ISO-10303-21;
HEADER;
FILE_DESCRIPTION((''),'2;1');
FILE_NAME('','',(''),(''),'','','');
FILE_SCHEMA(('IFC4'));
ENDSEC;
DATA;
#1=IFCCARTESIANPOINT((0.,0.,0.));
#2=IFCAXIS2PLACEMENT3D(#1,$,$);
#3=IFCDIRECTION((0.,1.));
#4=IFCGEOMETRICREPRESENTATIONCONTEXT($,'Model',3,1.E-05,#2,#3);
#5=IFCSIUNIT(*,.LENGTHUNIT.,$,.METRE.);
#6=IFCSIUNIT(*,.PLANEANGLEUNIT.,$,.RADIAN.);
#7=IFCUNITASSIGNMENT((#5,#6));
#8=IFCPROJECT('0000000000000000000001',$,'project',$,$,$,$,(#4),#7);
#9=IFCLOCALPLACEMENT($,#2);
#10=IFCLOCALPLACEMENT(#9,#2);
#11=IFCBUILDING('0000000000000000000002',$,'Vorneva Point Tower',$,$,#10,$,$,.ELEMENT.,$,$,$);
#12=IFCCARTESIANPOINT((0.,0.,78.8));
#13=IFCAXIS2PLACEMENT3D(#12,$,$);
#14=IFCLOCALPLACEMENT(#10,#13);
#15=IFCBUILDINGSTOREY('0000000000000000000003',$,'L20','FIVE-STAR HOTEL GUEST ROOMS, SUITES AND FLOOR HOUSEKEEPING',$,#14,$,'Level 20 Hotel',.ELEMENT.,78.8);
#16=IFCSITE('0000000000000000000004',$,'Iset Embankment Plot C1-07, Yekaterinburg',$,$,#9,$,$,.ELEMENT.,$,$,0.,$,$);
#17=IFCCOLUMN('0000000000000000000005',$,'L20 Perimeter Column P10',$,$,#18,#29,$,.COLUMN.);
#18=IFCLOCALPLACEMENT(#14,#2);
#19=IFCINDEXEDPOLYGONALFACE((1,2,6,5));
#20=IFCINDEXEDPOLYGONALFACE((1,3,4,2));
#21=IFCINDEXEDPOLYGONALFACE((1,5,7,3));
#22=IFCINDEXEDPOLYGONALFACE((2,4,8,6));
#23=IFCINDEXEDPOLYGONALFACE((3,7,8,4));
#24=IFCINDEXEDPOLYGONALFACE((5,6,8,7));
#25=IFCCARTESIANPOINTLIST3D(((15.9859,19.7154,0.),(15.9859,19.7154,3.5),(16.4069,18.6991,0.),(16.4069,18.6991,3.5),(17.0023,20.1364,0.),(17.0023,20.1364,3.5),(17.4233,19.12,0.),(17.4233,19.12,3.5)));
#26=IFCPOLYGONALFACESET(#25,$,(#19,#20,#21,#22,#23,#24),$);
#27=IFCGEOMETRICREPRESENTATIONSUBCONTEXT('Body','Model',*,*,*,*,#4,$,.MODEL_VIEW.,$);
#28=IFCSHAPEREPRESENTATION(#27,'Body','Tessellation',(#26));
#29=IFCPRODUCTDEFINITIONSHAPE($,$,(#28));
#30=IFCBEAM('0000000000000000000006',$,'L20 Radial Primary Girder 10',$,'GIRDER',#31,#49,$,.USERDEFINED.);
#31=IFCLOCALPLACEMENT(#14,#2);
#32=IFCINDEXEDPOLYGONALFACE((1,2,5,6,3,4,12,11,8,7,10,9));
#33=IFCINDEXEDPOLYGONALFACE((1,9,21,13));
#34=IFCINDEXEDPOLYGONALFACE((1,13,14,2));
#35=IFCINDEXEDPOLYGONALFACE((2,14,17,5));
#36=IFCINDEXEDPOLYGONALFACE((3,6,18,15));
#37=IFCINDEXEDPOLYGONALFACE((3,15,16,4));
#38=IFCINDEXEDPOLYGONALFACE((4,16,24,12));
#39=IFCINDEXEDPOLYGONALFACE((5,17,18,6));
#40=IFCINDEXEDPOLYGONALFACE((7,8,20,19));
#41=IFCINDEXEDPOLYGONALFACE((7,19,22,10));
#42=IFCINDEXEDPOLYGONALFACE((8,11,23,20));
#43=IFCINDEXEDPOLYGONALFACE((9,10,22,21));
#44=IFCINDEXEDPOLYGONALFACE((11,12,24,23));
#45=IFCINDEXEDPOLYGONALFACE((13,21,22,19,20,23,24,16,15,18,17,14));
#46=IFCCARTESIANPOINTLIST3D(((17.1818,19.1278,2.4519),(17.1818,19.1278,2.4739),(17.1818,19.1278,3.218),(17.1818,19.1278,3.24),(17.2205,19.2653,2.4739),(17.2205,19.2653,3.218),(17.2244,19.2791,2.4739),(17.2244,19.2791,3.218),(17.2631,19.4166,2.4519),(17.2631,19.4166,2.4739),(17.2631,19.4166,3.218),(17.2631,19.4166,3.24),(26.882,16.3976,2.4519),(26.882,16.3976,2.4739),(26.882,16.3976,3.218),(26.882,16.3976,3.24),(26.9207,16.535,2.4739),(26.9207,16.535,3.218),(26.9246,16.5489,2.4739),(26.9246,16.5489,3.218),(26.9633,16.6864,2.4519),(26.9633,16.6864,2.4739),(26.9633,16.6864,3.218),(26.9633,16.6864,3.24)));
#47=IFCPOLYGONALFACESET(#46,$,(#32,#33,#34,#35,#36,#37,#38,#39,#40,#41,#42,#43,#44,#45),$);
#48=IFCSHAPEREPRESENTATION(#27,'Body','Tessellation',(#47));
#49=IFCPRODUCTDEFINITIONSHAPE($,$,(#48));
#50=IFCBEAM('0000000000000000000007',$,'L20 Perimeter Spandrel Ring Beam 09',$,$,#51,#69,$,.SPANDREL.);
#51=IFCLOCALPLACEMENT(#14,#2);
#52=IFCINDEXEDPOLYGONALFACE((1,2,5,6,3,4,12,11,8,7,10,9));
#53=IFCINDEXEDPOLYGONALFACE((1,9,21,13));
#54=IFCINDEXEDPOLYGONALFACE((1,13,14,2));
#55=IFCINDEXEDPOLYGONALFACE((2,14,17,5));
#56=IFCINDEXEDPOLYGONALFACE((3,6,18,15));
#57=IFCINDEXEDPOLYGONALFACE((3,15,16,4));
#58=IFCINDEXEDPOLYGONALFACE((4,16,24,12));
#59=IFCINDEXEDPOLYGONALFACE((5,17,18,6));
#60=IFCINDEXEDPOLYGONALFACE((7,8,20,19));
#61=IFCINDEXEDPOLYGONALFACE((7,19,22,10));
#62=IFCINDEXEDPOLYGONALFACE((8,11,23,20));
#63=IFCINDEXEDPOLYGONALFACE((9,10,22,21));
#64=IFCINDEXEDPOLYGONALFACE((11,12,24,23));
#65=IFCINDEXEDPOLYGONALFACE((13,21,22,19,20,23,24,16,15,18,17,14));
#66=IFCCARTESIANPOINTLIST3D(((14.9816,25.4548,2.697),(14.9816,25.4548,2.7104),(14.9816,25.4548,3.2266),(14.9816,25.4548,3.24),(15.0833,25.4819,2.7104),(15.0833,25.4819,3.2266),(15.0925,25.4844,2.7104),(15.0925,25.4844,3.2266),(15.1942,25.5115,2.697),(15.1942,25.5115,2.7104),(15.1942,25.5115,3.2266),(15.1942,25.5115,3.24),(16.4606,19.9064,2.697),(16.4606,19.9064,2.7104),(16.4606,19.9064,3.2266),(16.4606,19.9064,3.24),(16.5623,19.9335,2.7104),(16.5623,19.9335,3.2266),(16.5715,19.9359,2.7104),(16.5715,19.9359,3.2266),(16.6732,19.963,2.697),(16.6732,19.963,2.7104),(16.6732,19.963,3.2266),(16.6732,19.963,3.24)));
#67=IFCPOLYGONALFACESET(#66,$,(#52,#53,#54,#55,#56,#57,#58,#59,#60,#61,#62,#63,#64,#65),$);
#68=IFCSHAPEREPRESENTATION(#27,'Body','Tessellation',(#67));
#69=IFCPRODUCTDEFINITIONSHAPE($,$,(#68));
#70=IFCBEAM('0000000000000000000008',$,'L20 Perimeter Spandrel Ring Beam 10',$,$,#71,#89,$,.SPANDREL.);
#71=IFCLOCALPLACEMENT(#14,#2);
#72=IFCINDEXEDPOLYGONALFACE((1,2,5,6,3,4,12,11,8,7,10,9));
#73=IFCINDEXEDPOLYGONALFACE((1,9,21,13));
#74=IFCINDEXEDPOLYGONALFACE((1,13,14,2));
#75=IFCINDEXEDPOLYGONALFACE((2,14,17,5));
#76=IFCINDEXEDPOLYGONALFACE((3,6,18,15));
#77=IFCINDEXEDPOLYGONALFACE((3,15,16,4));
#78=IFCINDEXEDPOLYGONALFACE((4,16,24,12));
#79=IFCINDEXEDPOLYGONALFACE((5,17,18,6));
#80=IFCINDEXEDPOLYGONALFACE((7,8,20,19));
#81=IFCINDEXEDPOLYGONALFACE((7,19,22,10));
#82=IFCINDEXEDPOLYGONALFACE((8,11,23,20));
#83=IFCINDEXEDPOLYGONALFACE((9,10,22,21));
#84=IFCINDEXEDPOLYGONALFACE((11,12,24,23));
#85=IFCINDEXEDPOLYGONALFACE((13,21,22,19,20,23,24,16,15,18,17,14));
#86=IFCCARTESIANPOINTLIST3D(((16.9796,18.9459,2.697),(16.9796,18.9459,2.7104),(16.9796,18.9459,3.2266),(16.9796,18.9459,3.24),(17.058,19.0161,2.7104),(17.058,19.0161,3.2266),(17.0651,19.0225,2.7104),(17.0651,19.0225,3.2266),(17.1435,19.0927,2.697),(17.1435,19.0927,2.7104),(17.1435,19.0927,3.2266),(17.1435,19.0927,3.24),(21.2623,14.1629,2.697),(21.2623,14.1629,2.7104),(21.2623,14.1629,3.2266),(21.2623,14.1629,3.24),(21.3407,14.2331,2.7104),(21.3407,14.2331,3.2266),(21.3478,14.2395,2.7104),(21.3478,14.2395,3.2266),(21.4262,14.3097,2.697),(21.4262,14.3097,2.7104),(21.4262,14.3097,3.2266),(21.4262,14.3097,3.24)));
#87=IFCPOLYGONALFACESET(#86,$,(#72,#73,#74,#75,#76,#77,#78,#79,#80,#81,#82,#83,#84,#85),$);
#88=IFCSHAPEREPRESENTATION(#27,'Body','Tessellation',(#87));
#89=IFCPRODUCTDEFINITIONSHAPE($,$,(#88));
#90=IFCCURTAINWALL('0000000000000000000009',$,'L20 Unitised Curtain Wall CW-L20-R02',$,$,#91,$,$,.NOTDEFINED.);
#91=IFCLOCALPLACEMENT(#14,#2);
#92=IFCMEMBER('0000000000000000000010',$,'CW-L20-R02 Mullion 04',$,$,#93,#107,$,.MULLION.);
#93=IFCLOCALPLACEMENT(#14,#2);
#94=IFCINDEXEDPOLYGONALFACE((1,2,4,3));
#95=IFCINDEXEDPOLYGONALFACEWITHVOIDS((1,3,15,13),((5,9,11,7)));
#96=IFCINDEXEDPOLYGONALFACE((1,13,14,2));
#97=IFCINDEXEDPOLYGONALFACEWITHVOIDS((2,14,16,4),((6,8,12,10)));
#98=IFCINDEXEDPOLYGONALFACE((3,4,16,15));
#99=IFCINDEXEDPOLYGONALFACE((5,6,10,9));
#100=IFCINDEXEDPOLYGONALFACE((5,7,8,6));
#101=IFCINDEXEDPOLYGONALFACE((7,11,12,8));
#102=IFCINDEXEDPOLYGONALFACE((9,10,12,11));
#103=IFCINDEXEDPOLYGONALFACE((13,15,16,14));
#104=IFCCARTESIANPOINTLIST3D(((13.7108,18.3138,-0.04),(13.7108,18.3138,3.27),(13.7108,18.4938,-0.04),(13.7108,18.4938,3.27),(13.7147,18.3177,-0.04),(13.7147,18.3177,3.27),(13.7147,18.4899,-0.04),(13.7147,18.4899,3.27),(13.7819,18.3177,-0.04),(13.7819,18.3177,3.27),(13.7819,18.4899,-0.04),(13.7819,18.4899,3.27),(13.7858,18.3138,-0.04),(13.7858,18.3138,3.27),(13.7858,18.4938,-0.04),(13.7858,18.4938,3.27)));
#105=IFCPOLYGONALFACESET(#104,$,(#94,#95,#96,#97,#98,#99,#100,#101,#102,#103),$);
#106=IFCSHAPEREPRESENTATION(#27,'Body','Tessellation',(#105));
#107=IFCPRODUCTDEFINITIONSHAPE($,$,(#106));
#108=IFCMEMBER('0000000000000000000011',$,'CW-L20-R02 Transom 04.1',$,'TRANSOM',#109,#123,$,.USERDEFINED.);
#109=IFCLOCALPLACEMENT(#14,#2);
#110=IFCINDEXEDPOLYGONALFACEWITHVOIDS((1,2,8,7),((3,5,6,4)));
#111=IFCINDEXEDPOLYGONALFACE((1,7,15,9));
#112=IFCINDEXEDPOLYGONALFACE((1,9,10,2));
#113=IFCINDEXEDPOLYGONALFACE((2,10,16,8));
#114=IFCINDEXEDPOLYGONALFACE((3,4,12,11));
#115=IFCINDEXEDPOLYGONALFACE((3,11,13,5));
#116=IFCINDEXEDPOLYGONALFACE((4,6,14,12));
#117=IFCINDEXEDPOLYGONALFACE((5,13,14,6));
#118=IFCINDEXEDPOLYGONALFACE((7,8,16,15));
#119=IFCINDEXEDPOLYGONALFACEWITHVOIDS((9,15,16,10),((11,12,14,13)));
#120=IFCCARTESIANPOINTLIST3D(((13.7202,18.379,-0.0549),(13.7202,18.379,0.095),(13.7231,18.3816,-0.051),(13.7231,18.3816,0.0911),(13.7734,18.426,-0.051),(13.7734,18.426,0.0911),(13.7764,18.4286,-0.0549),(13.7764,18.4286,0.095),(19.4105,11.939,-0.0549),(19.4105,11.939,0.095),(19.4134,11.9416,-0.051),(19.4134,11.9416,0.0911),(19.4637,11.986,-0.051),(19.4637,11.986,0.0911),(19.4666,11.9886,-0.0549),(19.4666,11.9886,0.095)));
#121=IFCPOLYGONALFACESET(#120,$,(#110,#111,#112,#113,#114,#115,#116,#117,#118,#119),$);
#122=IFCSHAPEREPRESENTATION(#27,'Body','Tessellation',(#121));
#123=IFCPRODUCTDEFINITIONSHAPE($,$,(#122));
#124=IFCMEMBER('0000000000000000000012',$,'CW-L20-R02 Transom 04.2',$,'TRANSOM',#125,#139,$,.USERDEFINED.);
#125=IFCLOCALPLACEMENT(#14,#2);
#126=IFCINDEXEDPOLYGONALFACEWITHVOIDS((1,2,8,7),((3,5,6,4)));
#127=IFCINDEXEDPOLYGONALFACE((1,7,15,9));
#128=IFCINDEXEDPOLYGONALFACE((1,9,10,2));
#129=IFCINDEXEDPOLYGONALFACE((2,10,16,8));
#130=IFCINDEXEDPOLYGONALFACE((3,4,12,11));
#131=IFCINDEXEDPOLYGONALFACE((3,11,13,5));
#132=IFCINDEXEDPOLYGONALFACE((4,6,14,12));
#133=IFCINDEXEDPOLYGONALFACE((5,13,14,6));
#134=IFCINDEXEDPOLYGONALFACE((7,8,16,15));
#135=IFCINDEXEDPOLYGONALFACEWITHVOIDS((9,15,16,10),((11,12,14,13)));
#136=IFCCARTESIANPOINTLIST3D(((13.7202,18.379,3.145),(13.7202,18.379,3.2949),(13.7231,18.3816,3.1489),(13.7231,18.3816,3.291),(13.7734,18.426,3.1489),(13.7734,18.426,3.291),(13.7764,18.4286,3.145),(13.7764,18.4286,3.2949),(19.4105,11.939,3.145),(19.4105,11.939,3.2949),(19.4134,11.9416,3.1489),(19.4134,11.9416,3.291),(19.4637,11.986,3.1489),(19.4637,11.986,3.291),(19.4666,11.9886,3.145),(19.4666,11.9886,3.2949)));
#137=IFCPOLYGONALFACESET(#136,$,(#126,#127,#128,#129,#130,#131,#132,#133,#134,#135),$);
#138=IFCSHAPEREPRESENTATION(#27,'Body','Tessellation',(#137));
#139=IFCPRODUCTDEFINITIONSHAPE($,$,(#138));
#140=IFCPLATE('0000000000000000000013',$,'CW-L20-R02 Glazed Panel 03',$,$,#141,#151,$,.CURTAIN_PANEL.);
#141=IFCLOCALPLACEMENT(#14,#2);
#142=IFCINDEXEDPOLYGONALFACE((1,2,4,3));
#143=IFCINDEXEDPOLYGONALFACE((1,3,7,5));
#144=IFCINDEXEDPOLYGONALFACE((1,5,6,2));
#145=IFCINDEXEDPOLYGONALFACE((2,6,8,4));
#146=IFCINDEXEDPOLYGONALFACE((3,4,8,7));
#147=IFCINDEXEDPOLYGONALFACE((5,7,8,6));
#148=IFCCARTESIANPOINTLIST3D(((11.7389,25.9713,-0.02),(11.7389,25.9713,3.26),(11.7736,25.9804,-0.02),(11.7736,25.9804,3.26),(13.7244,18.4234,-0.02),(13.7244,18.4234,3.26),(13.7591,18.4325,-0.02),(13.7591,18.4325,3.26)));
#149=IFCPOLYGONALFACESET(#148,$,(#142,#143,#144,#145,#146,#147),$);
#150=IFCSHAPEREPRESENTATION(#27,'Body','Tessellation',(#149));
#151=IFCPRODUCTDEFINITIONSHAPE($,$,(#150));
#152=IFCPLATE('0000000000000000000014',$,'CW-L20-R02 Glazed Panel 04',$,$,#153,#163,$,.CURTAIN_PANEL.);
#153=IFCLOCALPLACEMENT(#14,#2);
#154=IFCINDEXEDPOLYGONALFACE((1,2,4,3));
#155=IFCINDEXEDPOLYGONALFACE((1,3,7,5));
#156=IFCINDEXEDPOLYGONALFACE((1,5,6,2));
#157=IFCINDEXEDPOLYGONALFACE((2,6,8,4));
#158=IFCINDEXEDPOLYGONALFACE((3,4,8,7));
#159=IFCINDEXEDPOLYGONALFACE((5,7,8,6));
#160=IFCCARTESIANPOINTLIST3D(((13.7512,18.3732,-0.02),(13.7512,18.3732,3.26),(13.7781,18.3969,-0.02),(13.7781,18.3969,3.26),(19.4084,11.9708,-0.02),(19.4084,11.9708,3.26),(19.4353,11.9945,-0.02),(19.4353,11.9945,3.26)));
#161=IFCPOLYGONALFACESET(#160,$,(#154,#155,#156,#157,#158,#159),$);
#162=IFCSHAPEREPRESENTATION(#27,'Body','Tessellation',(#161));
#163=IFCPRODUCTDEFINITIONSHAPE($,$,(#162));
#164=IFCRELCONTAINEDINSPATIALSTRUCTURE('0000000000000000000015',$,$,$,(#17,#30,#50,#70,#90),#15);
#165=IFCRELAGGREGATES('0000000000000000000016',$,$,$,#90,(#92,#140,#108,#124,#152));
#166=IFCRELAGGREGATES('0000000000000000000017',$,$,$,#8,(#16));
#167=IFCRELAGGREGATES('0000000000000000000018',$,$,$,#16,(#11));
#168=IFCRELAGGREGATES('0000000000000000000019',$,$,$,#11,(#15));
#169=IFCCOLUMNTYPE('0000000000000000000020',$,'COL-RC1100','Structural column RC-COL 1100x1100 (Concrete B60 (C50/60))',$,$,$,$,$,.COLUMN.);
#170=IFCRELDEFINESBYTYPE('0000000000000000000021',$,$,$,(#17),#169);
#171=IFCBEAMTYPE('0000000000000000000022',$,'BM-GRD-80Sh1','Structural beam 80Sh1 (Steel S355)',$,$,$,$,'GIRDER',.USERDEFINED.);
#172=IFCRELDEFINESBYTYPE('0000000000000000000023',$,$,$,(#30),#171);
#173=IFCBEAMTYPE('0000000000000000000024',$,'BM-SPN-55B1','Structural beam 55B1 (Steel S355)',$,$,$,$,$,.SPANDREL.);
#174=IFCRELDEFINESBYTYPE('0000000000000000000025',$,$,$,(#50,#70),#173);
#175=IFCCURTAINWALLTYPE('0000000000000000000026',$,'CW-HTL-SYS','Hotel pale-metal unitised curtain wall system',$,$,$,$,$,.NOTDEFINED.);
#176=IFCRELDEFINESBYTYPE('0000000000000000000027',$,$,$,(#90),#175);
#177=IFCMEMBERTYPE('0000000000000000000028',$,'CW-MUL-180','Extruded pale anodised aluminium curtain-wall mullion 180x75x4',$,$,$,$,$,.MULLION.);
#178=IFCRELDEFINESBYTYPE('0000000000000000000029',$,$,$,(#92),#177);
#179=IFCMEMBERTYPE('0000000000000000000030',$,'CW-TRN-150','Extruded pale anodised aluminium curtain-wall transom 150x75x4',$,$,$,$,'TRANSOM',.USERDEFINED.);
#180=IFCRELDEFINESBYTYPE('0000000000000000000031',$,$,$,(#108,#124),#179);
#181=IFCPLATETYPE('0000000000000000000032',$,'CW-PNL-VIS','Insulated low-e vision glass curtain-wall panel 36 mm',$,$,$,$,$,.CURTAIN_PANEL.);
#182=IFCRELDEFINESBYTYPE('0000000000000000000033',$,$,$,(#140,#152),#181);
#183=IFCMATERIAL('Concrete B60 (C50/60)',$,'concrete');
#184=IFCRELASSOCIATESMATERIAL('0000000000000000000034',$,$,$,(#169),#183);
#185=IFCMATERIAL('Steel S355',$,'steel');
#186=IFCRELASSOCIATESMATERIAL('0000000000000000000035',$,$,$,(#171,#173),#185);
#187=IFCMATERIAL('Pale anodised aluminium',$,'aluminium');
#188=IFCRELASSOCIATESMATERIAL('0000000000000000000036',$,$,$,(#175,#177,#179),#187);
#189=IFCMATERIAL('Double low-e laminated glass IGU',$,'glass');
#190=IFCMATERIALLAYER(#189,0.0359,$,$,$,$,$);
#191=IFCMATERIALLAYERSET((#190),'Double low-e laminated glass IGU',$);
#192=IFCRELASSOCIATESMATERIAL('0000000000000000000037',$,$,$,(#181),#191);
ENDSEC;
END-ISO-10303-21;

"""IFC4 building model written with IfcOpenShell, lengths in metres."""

from ifc_helpers import new_model, si_unit, direction, frame, origin, origin_2d, place, context, subcontext, project, spatial, rectangle, hollow_rectangle, i_section, extrude, material, layer, layer_set, material_profile, profile_set, type_object, element, aggregate, save


model = new_model("IFC4")

# Units and contexts
model_context = context("Model", 3, precision=1e-05, world=origin(), true_north=direction((0.0, 1.0)))
body_context = subcontext(model_context, "Body", "Model", "MODEL_VIEW")
ifc_project = project(units=[si_unit("LENGTHUNIT", "METRE"), si_unit("PLANEANGLEUNIT", "RADIAN")], contexts=[model_context])

# Site, building, storey
site_placement = place(None, origin())
site = spatial("IfcSite", under=ifc_project, at=site_placement, Name="Iset Embankment Plot C1-07, Yekaterinburg", CompositionType="ELEMENT", RefElevation=0.0)
building_placement = place(site_placement, origin())
building = spatial("IfcBuilding", under=site, at=building_placement, Name="Vorneva Point Tower", CompositionType="ELEMENT")
storey_placement = place(building_placement, frame((0.0, 0.0, 78.8)))
storey = spatial("IfcBuildingStorey", under=building, at=storey_placement, Name="L20", Description="FIVE-STAR HOTEL GUEST ROOMS, SUITES AND FLOOR HOUSEKEEPING", LongName="Level 20 Hotel", CompositionType="ELEMENT", Elevation=78.8)

# Column
ifc_material_1 = material(Name="Concrete B60 (C50/60)", Category="concrete")
ifc_material_profile_1 = material_profile(ifc_material_1, rectangle(XDim=1.1001, YDim=1.1001, at=origin_2d()), Name="RC-COL 1100x1100")
ifc_profile_set_1 = profile_set([ifc_material_profile_1], Name="Concrete B60 (C50/60)")
column_type = type_object("IfcColumnType", Name="COL-RC1100", Description="Structural column RC-COL 1100x1100 (Concrete B60 (C50/60))", PredefinedType="COLUMN", material=ifc_profile_set_1)
column_placement = place(storey_placement, frame((16.7046, 19.4177, 0.0), z_axis=(0.0, 0.0, 1.0), x_axis=(-0.92388, -0.382683, 0.0)))
element("IfcColumn", 1, at=column_placement, inside=storey, type_object=column_type, Name="L20 Perimeter Column P10", PredefinedType="COLUMN", context=body_context, shape_type="SweptSolid", body=[
    extrude(rectangle(XDim=1.1001, YDim=1.1001, at=origin_2d()), origin(), (0.0, 0.0, 1.0), 3.5),
])

# Beams
ifc_material_2 = material(Name="Steel S355", Category="steel")
ifc_material_profile_2 = material_profile(ifc_material_2, i_section(OverallWidth=0.3, OverallDepth=0.7881, WebThickness=0.0144, FlangeThickness=0.022, at=origin_2d()), Name="80Sh1")
ifc_profile_set_2 = profile_set([ifc_material_profile_2], Name="Steel S355")
beam_type_1 = type_object("IfcBeamType", Name="BM-GRD-80Sh1", Description="Structural beam 80Sh1 (Steel S355)", ElementType="GIRDER", PredefinedType="USERDEFINED", material=ifc_profile_set_2)
beam_1_placement = place(storey_placement, frame((17.2224, 19.2722, 2.8459), z_axis=(0.962598, -0.270934, 0.0), x_axis=(0.270934, 0.962598, 0.0)))
element("IfcBeam", 2, at=beam_1_placement, inside=storey, type_object=beam_type_1, Name="L20 Radial Primary Girder 10", ObjectType="GIRDER", PredefinedType="USERDEFINED", context=body_context, shape_type="SweptSolid", body=[
    extrude(i_section(OverallWidth=0.3, OverallDepth=0.7881, WebThickness=0.0144, FlangeThickness=0.022, at=origin_2d()), origin(), (0.0, 0.0, 1.0), 10.0771),
])
ifc_material_profile_3 = material_profile(ifc_material_2, i_section(OverallWidth=0.22, OverallDepth=0.543, WebThickness=0.0095, FlangeThickness=0.0134, at=origin_2d()), Name="55B1")
ifc_profile_set_3 = profile_set([ifc_material_profile_3], Name="Steel S355")
beam_type_2 = type_object("IfcBeamType", Name="BM-SPN-55B1", Description="Structural beam 55B1 (Steel S355)", PredefinedType="SPANDREL", material=ifc_profile_set_3)
beam_2_placement = place(storey_placement, frame((15.0879, 25.4832, 2.9685), z_axis=(0.257573, -0.966259, 0.0), x_axis=(0.966259, 0.257573, 0.0)))
element("IfcBeam", 3, at=beam_2_placement, inside=storey, type_object=beam_type_2, Name="L20 Perimeter Spandrel Ring Beam 09", PredefinedType="SPANDREL", context=body_context, shape_type="SweptSolid", body=[
    extrude(i_section(OverallWidth=0.22, OverallDepth=0.543, WebThickness=0.0095, FlangeThickness=0.0134, at=origin_2d()), origin(), (0.0, 0.0, 1.0), 5.7422),
])
beam_3_placement = place(storey_placement, frame((17.0615, 19.0193, 2.9685), z_axis=(0.667074, -0.744992, 0.0), x_axis=(0.744992, 0.667074, 0.0)))
element("IfcBeam", 4, at=beam_3_placement, inside=storey, type_object=beam_type_2, Name="L20 Perimeter Spandrel Ring Beam 10", PredefinedType="SPANDREL", context=body_context, shape_type="SweptSolid", body=[
    extrude(i_section(OverallWidth=0.22, OverallDepth=0.543, WebThickness=0.0095, FlangeThickness=0.0134, at=origin_2d()), origin(), (0.0, 0.0, 1.0), 6.4202),
])

# Curtain wall, members, plates
ifc_material_3 = material(Name="Pale anodised aluminium", Category="aluminium")
curtain_wall_type = type_object("IfcCurtainWallType", Name="CW-HTL-SYS", Description="Hotel pale-metal unitised curtain wall system", PredefinedType="NOTDEFINED", material=ifc_material_3)
curtain_wall_placement = place(storey_placement, origin())
curtain_wall = element("IfcCurtainWall", 5, at=curtain_wall_placement, inside=storey, type_object=curtain_wall_type, Name="L20 Unitised Curtain Wall CW-L20-R02", PredefinedType="NOTDEFINED")
ifc_material_profile_4 = material_profile(ifc_material_3, hollow_rectangle(XDim=0.075, YDim=0.1799, WallThickness=0.0039, at=origin_2d()), Name="AL-MUL 180x75x4")
ifc_profile_set_4 = profile_set([ifc_material_profile_4], Name="Pale anodised aluminium")
member_type_1 = type_object("IfcMemberType", Name="CW-MUL-180", Description="Extruded pale anodised aluminium curtain-wall mullion 180x75x4", PredefinedType="MULLION", material=ifc_profile_set_4)
member_1_placement = place(storey_placement, frame((13.7483, 18.4038, -0.04), z_axis=(0.0, 0.0, 1.0), x_axis=(1.0, 0.0, 0.0)))
member_1 = element("IfcMember", 6, at=member_1_placement, type_object=member_type_1, Name="CW-L20-R02 Mullion 04", PredefinedType="MULLION", context=body_context, shape_type="SweptSolid", body=[
    extrude(hollow_rectangle(XDim=0.075, YDim=0.1799, WallThickness=0.0039, at=origin_2d()), origin(), (0.0, 0.0, 1.0), 3.3101),
])
ifc_material_profile_5 = material_profile(ifc_material_3, hollow_rectangle(XDim=0.075, YDim=0.1499, WallThickness=0.0039, at=origin_2d()), Name="AL-TRN 150x75x4")
ifc_profile_set_5 = profile_set([ifc_material_profile_5], Name="Pale anodised aluminium")
member_type_2 = type_object("IfcMemberType", Name="CW-TRN-150", Description="Extruded pale anodised aluminium curtain-wall transom 150x75x4", ElementType="TRANSOM", PredefinedType="USERDEFINED", material=ifc_profile_set_5)
member_2_placement = place(storey_placement, frame((13.7483, 18.4038, 0.02), z_axis=(0.662137, -0.749383, 0.0), x_axis=(0.749383, 0.662137, 0.0)))
member_2 = element("IfcMember", 7, at=member_2_placement, type_object=member_type_2, Name="CW-L20-R02 Transom 04.1", ObjectType="TRANSOM", PredefinedType="USERDEFINED", context=body_context, shape_type="SweptSolid", body=[
    extrude(hollow_rectangle(XDim=0.075, YDim=0.1499, WallThickness=0.0039, at=origin_2d()), origin(), (0.0, 0.0, 1.0), 8.5938),
])
member_3_placement = place(storey_placement, frame((13.7483, 18.4038, 3.22), z_axis=(0.662137, -0.749383, 0.0), x_axis=(0.749383, 0.662137, 0.0)))
member_3 = element("IfcMember", 8, at=member_3_placement, type_object=member_type_2, Name="CW-L20-R02 Transom 04.2", ObjectType="TRANSOM", PredefinedType="USERDEFINED", context=body_context, shape_type="SweptSolid", body=[
    extrude(hollow_rectangle(XDim=0.075, YDim=0.1499, WallThickness=0.0039, at=origin_2d()), origin(), (0.0, 0.0, 1.0), 8.5938),
])
ifc_material_4 = material(Name="Double low-e laminated glass IGU", Category="glass")
ifc_layer_1 = layer(ifc_material_4, 0.0359)
ifc_layer_set_1 = layer_set([ifc_layer_1], Name="Double low-e laminated glass IGU")
plate_type = type_object("IfcPlateType", Name="CW-PNL-VIS", Description="Insulated low-e vision glass curtain-wall panel 36 mm", PredefinedType="CURTAIN_PANEL", material=ifc_layer_set_1)
plate_1_placement = place(storey_placement, frame((12.749, 22.2019, -0.02), z_axis=(0.0, 0.0, 1.0), x_axis=(0.254399, -0.967099, 0.0)))
plate_1 = element("IfcPlate", 9, at=plate_1_placement, type_object=plate_type, Name="CW-L20-R02 Glazed Panel 03", PredefinedType="CURTAIN_PANEL", context=body_context, shape_type="SweptSolid", body=[
    extrude(rectangle(XDim=7.8047, YDim=0.0359, at=origin_2d()), origin(), (0.0, 0.0, 1.0), 3.28),
])
plate_2_placement = place(storey_placement, frame((16.5933, 15.1838, -0.02), z_axis=(0.0, 0.0, 1.0), x_axis=(0.662149, -0.749372, 0.0)))
plate_2 = element("IfcPlate", 10, at=plate_2_placement, type_object=plate_type, Name="CW-L20-R02 Glazed Panel 04", PredefinedType="CURTAIN_PANEL", context=body_context, shape_type="SweptSolid", body=[
    extrude(rectangle(XDim=8.5437, YDim=0.0359, at=origin_2d()), origin(), (0.0, 0.0, 1.0), 3.28),
])
aggregate(curtain_wall, [member_1, plate_1, member_2, member_3, plate_2])

save(model, "model.ifc")
